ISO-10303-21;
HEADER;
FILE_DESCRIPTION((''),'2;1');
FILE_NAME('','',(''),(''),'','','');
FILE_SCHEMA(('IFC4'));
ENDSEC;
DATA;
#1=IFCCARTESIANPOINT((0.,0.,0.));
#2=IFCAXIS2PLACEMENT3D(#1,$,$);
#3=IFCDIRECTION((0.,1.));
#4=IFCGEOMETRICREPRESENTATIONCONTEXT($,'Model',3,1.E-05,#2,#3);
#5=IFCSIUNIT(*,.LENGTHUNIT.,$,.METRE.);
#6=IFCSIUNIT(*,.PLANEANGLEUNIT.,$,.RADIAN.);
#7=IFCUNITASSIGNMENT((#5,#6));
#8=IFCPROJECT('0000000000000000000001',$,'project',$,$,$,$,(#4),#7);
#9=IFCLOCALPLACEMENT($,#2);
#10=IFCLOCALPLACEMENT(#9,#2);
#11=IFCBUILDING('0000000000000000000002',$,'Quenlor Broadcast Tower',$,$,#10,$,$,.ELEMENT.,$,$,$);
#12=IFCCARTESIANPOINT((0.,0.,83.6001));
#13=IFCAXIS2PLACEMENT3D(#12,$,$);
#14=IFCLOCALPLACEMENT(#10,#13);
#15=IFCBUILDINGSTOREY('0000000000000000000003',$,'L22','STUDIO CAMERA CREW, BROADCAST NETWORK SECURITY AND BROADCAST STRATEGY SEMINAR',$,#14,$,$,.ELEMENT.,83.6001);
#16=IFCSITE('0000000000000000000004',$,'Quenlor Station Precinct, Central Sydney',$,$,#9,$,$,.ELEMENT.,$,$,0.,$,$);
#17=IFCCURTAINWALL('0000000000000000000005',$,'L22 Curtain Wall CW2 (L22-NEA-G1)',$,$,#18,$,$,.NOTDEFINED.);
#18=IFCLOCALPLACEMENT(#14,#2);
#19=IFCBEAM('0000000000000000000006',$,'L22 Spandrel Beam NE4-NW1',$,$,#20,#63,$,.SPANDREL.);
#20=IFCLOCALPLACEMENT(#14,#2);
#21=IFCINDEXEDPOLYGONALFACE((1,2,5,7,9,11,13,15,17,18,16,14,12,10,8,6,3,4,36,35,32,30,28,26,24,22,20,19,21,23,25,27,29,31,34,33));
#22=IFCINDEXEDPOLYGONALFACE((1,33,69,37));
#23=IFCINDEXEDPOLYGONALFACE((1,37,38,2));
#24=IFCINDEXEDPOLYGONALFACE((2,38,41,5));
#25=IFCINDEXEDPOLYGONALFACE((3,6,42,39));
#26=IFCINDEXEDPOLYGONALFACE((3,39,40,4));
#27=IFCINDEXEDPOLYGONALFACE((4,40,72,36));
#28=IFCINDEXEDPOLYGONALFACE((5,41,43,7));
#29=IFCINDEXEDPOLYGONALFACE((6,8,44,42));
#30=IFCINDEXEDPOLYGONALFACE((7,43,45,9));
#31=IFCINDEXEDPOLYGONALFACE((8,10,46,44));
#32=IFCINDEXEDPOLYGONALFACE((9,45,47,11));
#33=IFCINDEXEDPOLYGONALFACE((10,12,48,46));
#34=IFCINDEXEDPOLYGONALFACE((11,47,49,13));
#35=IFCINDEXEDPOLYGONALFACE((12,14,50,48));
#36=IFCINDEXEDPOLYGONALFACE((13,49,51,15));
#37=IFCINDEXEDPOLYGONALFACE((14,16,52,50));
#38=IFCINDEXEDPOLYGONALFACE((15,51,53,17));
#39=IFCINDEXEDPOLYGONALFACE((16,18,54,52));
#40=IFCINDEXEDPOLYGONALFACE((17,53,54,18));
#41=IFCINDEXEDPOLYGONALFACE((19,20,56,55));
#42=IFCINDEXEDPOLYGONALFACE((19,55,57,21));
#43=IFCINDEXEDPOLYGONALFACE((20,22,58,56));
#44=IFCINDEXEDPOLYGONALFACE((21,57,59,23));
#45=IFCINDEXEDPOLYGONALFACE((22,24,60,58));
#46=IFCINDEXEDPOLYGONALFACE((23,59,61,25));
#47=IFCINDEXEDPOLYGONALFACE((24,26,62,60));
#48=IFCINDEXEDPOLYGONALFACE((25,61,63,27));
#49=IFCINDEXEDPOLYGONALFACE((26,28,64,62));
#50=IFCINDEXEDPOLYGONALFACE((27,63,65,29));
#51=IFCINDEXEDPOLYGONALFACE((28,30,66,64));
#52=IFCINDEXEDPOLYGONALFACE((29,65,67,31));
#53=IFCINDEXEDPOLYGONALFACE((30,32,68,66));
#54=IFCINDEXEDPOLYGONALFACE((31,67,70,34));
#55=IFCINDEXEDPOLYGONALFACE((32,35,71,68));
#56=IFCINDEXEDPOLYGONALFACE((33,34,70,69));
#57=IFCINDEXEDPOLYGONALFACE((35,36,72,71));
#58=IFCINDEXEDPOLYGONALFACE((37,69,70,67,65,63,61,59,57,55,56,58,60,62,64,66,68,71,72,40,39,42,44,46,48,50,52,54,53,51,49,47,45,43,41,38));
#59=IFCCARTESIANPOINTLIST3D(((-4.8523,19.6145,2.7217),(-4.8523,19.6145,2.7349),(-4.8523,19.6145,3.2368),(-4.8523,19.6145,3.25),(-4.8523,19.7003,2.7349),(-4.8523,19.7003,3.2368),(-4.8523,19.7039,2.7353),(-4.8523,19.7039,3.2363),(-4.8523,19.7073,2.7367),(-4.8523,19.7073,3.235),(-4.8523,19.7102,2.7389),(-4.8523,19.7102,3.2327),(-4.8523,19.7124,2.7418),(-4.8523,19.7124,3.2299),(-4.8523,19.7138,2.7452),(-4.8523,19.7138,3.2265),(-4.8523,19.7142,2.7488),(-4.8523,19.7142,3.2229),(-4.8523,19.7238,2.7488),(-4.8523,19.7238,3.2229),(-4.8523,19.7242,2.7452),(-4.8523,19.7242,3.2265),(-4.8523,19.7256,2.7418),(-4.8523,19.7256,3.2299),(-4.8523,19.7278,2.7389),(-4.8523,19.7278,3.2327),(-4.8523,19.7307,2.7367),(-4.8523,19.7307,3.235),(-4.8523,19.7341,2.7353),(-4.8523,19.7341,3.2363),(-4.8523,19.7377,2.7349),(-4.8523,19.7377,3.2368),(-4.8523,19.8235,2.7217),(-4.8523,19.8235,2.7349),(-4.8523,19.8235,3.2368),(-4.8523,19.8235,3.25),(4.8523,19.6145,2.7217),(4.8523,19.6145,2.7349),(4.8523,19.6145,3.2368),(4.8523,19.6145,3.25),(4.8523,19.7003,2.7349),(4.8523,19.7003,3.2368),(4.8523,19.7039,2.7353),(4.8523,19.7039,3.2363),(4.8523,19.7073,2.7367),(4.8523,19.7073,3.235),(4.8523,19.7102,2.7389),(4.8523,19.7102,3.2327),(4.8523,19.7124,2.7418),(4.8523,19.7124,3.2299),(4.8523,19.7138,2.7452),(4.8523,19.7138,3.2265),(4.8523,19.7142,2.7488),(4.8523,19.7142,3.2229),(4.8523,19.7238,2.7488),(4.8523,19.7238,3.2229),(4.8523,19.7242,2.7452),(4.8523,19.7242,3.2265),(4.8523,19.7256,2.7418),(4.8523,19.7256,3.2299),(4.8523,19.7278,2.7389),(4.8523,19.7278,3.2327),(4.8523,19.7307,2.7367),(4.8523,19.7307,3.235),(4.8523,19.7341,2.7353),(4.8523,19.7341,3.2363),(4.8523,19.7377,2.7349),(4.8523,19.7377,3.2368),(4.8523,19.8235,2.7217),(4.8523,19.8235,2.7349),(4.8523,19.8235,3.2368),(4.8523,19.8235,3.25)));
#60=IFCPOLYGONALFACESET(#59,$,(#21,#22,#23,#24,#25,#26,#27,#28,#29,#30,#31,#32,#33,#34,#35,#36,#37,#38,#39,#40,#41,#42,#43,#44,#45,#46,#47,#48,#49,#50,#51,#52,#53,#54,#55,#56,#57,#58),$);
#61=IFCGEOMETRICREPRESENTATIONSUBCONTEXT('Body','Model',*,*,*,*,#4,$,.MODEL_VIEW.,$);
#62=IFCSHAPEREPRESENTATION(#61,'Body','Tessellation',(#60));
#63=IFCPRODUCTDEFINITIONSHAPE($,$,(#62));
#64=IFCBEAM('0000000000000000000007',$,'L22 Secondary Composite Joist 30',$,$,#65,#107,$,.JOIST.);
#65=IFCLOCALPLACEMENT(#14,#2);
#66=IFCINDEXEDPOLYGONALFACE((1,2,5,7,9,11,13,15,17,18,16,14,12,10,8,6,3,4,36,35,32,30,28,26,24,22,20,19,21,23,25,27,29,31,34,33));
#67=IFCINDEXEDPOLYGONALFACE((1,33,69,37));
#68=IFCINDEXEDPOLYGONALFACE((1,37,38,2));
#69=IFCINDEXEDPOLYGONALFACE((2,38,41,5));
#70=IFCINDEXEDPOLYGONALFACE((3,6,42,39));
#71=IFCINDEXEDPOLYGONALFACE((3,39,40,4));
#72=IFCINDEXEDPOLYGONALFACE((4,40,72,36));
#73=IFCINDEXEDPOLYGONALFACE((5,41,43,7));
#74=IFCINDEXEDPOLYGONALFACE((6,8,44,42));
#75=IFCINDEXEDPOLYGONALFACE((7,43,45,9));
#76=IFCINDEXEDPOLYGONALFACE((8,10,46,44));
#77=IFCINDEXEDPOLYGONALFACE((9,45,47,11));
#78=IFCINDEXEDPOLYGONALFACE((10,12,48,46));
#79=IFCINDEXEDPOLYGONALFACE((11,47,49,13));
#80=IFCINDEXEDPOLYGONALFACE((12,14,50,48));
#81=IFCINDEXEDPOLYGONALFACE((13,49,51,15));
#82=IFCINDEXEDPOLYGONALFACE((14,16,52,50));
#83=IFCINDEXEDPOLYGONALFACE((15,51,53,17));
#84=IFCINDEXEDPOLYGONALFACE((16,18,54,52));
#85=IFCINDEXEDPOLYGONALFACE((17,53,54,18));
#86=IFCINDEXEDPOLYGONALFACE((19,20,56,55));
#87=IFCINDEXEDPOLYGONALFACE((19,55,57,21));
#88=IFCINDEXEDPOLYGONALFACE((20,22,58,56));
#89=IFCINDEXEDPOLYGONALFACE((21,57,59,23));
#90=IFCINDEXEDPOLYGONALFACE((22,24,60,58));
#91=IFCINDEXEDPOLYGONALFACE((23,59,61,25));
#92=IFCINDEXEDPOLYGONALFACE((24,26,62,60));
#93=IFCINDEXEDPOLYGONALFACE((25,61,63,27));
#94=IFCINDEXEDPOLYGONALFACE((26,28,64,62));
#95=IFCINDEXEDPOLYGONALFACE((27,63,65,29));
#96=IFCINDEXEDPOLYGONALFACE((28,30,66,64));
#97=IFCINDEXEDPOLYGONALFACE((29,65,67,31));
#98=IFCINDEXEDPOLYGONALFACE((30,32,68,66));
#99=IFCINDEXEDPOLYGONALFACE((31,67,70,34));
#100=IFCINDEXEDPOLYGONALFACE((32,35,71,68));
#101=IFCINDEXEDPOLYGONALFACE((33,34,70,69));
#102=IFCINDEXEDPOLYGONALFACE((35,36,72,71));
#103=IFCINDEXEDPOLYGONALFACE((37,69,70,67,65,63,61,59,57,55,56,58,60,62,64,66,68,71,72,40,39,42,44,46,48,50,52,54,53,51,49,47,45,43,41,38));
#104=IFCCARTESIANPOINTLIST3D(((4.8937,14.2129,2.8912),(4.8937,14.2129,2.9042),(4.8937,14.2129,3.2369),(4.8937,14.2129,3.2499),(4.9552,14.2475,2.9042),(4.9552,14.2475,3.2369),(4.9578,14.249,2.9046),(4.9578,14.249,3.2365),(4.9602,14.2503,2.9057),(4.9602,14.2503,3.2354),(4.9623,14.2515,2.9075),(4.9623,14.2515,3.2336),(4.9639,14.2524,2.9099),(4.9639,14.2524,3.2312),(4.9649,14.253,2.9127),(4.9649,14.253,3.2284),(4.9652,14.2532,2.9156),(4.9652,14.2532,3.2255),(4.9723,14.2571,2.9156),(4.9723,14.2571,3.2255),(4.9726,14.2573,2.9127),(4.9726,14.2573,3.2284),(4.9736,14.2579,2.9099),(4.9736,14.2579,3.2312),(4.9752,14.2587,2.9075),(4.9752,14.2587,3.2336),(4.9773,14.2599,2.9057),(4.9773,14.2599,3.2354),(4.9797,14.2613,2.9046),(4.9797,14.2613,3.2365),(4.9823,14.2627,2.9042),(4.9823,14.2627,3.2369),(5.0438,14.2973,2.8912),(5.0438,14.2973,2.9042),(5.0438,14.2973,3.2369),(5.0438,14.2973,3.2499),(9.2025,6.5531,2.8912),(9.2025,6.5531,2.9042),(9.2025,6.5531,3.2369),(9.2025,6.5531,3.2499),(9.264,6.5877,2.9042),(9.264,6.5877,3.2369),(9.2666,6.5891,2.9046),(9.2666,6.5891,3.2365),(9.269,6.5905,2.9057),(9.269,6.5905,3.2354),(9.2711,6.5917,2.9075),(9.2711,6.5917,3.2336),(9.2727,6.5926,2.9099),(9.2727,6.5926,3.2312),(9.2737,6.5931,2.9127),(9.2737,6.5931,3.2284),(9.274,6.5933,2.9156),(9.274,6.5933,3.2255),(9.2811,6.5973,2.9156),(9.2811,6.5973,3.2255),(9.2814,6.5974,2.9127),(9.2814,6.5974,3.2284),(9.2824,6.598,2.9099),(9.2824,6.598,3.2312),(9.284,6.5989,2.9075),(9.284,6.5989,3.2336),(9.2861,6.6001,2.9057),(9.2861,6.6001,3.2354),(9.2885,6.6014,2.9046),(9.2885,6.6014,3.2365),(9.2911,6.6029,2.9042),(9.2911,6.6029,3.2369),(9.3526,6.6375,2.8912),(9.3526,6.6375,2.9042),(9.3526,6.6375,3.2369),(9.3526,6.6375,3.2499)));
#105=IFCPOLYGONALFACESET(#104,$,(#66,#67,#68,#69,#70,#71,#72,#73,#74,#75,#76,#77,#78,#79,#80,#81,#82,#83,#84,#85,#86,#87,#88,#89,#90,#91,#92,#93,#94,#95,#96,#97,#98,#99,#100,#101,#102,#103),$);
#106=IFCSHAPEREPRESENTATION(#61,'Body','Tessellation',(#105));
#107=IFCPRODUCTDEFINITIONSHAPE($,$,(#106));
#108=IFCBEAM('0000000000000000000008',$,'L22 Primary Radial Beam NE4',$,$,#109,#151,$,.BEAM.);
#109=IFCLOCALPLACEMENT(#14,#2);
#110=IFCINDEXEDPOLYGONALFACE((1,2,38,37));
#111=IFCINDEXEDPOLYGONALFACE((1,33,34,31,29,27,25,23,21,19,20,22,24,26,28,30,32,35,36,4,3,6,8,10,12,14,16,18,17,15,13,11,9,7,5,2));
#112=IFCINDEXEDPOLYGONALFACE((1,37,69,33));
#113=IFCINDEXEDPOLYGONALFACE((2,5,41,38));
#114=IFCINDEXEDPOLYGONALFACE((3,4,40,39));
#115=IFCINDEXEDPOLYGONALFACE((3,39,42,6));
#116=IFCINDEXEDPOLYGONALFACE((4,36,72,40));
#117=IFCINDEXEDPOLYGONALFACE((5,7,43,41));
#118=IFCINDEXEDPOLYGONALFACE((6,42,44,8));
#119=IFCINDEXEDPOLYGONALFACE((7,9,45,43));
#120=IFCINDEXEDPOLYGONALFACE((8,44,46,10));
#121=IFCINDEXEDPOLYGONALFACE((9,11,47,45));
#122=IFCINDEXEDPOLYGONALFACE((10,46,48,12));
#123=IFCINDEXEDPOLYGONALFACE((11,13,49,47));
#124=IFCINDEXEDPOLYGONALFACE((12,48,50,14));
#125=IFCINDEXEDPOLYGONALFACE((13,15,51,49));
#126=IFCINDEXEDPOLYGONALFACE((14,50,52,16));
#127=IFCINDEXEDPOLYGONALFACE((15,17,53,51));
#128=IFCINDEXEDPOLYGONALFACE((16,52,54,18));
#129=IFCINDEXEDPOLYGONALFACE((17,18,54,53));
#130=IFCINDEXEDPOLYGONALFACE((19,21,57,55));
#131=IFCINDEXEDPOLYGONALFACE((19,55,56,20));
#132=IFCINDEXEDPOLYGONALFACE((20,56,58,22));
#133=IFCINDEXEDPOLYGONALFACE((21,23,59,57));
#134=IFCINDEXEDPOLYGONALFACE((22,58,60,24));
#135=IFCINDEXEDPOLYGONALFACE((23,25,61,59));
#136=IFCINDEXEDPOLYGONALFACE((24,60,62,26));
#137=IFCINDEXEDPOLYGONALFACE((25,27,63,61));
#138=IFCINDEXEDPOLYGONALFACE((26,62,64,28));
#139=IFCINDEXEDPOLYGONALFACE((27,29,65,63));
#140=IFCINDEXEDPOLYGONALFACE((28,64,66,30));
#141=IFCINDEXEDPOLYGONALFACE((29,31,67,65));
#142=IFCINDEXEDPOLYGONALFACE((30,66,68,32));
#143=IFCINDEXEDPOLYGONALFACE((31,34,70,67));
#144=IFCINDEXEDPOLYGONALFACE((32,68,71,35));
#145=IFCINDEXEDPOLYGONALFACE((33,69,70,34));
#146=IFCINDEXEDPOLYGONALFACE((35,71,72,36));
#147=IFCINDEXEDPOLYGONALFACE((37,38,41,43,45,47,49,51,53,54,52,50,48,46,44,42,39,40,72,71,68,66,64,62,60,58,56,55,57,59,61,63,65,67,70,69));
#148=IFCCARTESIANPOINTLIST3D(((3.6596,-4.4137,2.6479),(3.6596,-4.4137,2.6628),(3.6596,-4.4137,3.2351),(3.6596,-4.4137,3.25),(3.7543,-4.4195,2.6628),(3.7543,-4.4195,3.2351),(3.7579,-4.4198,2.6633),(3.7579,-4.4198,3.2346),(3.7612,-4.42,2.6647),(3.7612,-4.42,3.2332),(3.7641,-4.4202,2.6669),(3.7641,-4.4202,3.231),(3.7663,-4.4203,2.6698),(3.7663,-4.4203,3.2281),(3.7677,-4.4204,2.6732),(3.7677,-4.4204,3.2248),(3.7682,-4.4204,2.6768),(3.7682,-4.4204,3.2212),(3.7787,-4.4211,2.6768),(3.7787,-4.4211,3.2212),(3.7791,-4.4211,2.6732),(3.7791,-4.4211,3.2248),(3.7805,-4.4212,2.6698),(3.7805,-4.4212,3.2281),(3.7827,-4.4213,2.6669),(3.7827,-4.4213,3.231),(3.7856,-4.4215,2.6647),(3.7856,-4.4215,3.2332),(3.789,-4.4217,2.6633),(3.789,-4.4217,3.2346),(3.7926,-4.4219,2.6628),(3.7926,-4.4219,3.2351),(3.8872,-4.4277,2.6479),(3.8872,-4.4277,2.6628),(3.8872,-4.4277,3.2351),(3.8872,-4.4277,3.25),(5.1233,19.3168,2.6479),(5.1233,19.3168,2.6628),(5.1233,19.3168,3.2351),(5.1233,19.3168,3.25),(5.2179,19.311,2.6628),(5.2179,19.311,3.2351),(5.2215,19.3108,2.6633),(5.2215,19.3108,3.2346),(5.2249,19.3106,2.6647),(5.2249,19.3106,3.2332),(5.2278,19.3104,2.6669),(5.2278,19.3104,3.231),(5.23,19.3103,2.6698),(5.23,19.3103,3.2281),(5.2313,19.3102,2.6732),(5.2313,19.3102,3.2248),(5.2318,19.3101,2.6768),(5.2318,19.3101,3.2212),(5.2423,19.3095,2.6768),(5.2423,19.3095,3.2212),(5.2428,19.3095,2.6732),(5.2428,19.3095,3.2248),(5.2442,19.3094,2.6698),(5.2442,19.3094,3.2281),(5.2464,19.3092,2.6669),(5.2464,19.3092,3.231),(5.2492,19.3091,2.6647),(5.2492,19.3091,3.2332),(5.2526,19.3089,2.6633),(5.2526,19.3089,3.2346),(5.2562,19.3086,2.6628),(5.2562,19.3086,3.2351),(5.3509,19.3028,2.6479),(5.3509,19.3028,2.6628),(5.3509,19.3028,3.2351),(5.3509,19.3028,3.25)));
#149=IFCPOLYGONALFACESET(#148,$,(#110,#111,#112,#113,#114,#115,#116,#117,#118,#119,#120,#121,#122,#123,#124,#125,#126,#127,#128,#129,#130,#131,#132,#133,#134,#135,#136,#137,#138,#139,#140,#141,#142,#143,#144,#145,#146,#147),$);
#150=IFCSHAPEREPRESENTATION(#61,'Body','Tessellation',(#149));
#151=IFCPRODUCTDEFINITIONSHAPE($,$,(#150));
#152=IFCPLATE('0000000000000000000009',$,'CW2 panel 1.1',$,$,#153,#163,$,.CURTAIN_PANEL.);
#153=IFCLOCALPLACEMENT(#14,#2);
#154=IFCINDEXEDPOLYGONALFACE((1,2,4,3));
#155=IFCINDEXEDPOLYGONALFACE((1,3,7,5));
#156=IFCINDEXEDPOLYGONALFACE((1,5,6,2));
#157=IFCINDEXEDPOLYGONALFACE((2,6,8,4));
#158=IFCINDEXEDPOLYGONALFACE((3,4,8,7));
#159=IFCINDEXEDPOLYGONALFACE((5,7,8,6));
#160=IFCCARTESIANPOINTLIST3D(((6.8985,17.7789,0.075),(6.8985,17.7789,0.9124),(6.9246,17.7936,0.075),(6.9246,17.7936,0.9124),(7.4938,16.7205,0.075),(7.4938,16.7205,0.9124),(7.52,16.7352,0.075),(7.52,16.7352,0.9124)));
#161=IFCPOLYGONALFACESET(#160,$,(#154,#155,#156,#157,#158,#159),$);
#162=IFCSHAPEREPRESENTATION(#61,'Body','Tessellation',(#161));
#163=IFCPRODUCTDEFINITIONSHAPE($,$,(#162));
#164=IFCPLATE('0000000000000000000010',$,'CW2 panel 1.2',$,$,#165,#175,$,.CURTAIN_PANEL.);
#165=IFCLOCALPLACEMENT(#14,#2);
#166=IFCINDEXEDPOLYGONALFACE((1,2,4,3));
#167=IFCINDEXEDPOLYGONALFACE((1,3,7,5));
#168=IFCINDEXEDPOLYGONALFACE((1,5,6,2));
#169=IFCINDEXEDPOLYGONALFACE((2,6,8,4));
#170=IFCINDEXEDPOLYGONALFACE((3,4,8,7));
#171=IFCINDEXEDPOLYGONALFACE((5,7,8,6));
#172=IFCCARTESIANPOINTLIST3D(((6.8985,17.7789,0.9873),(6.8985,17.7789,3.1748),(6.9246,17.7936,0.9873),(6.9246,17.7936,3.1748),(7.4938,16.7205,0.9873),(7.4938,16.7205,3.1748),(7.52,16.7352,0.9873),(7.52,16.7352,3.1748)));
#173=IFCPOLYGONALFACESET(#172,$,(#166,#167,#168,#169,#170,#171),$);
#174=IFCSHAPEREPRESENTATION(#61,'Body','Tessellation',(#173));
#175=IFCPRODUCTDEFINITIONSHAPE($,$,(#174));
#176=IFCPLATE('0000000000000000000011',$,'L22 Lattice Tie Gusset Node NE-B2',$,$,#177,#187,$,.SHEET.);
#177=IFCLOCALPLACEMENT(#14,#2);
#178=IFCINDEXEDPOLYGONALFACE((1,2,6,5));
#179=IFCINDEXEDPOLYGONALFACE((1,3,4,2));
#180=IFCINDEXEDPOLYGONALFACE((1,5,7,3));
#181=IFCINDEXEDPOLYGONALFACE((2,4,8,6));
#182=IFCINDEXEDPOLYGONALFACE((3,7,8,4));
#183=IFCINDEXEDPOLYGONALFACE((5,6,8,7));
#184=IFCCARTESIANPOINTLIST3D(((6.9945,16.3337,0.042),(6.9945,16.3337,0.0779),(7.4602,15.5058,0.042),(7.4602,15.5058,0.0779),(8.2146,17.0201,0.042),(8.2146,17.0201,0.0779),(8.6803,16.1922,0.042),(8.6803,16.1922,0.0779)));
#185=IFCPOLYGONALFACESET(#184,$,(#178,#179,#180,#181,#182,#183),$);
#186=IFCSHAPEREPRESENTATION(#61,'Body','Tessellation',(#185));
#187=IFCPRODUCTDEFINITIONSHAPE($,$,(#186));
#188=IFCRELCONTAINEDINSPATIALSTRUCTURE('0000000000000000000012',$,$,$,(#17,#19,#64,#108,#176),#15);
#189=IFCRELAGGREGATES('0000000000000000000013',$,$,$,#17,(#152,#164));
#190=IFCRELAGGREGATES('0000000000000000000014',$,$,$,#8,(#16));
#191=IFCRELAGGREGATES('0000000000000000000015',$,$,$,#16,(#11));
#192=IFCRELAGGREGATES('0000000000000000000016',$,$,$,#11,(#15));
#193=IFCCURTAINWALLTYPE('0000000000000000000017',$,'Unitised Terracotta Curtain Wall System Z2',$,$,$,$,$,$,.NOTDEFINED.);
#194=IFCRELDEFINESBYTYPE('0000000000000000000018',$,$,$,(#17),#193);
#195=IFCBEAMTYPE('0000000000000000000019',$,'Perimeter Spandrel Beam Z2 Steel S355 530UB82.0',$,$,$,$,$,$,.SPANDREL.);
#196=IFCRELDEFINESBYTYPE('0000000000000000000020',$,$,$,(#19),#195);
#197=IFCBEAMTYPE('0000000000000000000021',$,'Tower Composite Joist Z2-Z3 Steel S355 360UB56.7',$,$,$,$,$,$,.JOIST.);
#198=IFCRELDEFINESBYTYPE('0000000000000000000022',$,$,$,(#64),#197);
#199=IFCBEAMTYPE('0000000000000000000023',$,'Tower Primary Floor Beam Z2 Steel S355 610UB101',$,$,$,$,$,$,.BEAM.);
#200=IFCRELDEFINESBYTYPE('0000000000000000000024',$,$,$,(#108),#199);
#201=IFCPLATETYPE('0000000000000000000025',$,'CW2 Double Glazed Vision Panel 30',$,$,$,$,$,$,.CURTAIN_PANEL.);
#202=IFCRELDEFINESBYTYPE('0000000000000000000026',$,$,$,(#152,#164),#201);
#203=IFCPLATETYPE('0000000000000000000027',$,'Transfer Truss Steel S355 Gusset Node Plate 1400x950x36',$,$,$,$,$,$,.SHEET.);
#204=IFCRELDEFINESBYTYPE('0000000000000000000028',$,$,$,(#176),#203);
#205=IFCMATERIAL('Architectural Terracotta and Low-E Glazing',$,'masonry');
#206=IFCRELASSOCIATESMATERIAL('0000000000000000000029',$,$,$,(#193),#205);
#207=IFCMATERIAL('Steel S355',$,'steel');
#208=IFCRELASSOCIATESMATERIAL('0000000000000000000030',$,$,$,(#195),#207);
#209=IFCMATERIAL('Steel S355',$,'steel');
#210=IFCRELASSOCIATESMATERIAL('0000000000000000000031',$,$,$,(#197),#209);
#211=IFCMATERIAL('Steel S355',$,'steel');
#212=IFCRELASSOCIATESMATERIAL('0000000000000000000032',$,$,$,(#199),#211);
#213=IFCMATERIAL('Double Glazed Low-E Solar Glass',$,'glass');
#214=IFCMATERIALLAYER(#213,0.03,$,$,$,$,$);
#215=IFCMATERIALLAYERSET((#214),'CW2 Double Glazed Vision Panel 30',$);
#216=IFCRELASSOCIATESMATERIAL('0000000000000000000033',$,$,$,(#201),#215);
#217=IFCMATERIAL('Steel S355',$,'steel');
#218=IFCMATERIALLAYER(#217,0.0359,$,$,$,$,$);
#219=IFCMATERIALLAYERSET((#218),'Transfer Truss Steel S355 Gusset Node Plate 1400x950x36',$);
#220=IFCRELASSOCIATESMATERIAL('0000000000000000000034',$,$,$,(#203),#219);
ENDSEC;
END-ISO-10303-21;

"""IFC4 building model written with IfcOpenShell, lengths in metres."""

from ifc_helpers import new_model, si_unit, direction, frame, origin, origin_2d, place, context, subcontext, project, spatial, rectangle, i_section, extrude, material, layer, layer_set, material_profile, profile_set, type_object, element, aggregate, save


model = new_model("IFC4")

# Units and contexts
model_context = context("Model", 3, precision=1e-05, world=origin(), true_north=direction((0.0, 1.0)))
body_context = subcontext(model_context, "Body", "Model", "MODEL_VIEW")
ifc_project = project(units=[si_unit("LENGTHUNIT", "METRE"), si_unit("PLANEANGLEUNIT", "RADIAN")], contexts=[model_context])

# Site, building, storey
site_placement = place(None, origin())
site = spatial("IfcSite", under=ifc_project, at=site_placement, Name="Quenlor Station Precinct, Central Sydney", CompositionType="ELEMENT", RefElevation=0.0)
building_placement = place(site_placement, origin())
building = spatial("IfcBuilding", under=site, at=building_placement, Name="Quenlor Broadcast Tower", CompositionType="ELEMENT")
storey_placement = place(building_placement, frame((0.0, 0.0, 83.6001)))
storey = spatial("IfcBuildingStorey", under=building, at=storey_placement, Name="L22", Description="STUDIO CAMERA CREW, BROADCAST NETWORK SECURITY AND BROADCAST STRATEGY SEMINAR", CompositionType="ELEMENT", Elevation=83.6001)

# Curtain wall
ifc_material_1 = material(Name="Architectural Terracotta and Low-E Glazing", Category="masonry")
curtain_wall_type = type_object("IfcCurtainWallType", Name="Unitised Terracotta Curtain Wall System Z2", PredefinedType="NOTDEFINED", material=ifc_material_1)
curtain_wall_1_placement = place(storey_placement, origin())
curtain_wall_1 = element("IfcCurtainWall", 1, at=curtain_wall_1_placement, inside=storey, type_object=curtain_wall_type, Name="L22 Curtain Wall CW2 (L22-NEA-G1)", PredefinedType="NOTDEFINED")

# Beams
ifc_material_2 = material(Name="Steel S355", Category="steel")
ifc_material_profile_1 = material_profile(ifc_material_2, i_section(OverallWidth=0.209, OverallDepth=0.5283, WebThickness=0.0095, FlangeThickness=0.0132, FilletRadius=0.0139, at=origin_2d()))
ifc_profile_set_1 = profile_set([ifc_material_profile_1], Name="Steel S355 530UB82.0")
beam_type_1 = type_object("IfcBeamType", Name="Perimeter Spandrel Beam Z2 Steel S355 530UB82.0", PredefinedType="SPANDREL", material=ifc_profile_set_1)
beam_1_placement = place(storey_placement, frame((4.8523, 19.719, 2.9858), z_axis=(-1.0, 0.0, 0.0), x_axis=(0.0, -1.0, 0.0)))
element("IfcBeam", 2, at=beam_1_placement, inside=storey, type_object=beam_type_1, Name="L22 Spandrel Beam NE4-NW1", PredefinedType="SPANDREL", context=body_context, shape_type="SweptSolid", body=[
    extrude(i_section(OverallWidth=0.209, OverallDepth=0.5283, WebThickness=0.0095, FlangeThickness=0.0132, FilletRadius=0.0139, at=origin_2d()), origin(), (0.0, 0.0, 1.0), 9.7046),
])
ifc_material_3 = material(Name="Steel S355", Category="steel")
ifc_material_profile_2 = material_profile(ifc_material_3, i_section(OverallWidth=0.1721, OverallDepth=0.3586, WebThickness=0.0081, FlangeThickness=0.0129, FilletRadius=0.0115, at=origin_2d()))
ifc_profile_set_2 = profile_set([ifc_material_profile_2], Name="Steel S355 360UB56.7")
beam_type_2 = type_object("IfcBeamType", Name="Tower Composite Joist Z2-Z3 Steel S355 360UB56.7", PredefinedType="JOIST", material=ifc_profile_set_2)
beam_2_placement = place(storey_placement, frame((4.9688, 14.2551, 3.0706), z_axis=(0.490273, -0.871569, 0.0), x_axis=(0.871569, 0.490273, 0.0)))
element("IfcBeam", 3, at=beam_2_placement, inside=storey, type_object=beam_type_2, Name="L22 Secondary Composite Joist 30", PredefinedType="JOIST", context=body_context, shape_type="SweptSolid", body=[
    extrude(i_section(OverallWidth=0.1721, OverallDepth=0.3586, WebThickness=0.0081, FlangeThickness=0.0129, FilletRadius=0.0115, at=origin_2d()), origin(), (0.0, 0.0, 1.0), 8.7886),
])
ifc_material_4 = material(Name="Steel S355", Category="steel")
ifc_material_profile_3 = material_profile(ifc_material_4, i_section(OverallWidth=0.228, OverallDepth=0.6021, WebThickness=0.0105, FlangeThickness=0.0149, FilletRadius=0.0139, at=origin_2d()))
ifc_profile_set_3 = profile_set([ifc_material_profile_3], Name="Steel S355 610UB101")
beam_type_3 = type_object("IfcBeamType", Name="Tower Primary Floor Beam Z2 Steel S355 610UB101", PredefinedType="BEAM", material=ifc_profile_set_3)
beam_3_placement = place(storey_placement, frame((5.2371, 19.3098, 2.949), z_axis=(-0.06156, -0.998103, 0.0), x_axis=(0.998103, -0.06156, 0.0)))
element("IfcBeam", 4, at=beam_3_placement, inside=storey, type_object=beam_type_3, Name="L22 Primary Radial Beam NE4", PredefinedType="BEAM", context=body_context, shape_type="SweptSolid", body=[
    extrude(i_section(OverallWidth=0.228, OverallDepth=0.6021, WebThickness=0.0105, FlangeThickness=0.0149, FilletRadius=0.0139, at=origin_2d()), origin(), (0.0, 0.0, 1.0), 23.7756),
])

# Plates
ifc_material_5 = material(Name="Double Glazed Low-E Solar Glass", Category="glass")
ifc_layer_1 = layer(ifc_material_5, 0.03)
ifc_layer_set_1 = layer_set([ifc_layer_1], Name="CW2 Double Glazed Vision Panel 30")
plate_type_1 = type_object("IfcPlateType", Name="CW2 Double Glazed Vision Panel 30", PredefinedType="CURTAIN_PANEL", material=ifc_layer_set_1)
plate_1_placement = place(storey_placement, frame((7.2092, 17.2571, 0.075), z_axis=(0.0, 0.0, 1.0), x_axis=(0.490247, -0.871583, 0.0)))
plate_1 = element("IfcPlate", 5, at=plate_1_placement, type_object=plate_type_1, Name="CW2 panel 1.1", PredefinedType="CURTAIN_PANEL", context=body_context, shape_type="SweptSolid", body=[
    extrude(rectangle(XDim=1.2144, YDim=0.03, at=origin_2d()), origin(), (0.0, 0.0, 1.0), 0.8374),
])
plate_2_placement = place(storey_placement, frame((7.2092, 17.2571, 0.9873), z_axis=(0.0, 0.0, 1.0), x_axis=(0.490247, -0.871583, 0.0)))
plate_2 = element("IfcPlate", 6, at=plate_2_placement, type_object=plate_type_1, Name="CW2 panel 1.2", PredefinedType="CURTAIN_PANEL", context=body_context, shape_type="SweptSolid", body=[
    extrude(rectangle(XDim=1.2144, YDim=0.03, at=origin_2d()), origin(), (0.0, 0.0, 1.0), 2.1875),
])
aggregate(curtain_wall_1, [plate_1, plate_2])

# Plate
ifc_material_6 = material(Name="Steel S355", Category="steel")
ifc_layer_2 = layer(ifc_material_6, 0.0359)
ifc_layer_set_2 = layer_set([ifc_layer_2], Name="Transfer Truss Steel S355 Gusset Node Plate 1400x950x36")
plate_type_2 = type_object("IfcPlateType", Name="Transfer Truss Steel S355 Gusset Node Plate 1400x950x36", PredefinedType="SHEET", material=ifc_layer_set_2)
for number, where, z_axis, x_axis, name in (
    (7, (7.8374, 16.2629, 0.042), (0.0, 0.0, 1.0), (0.871556, 0.490295, 0.0), "L22 Lattice Tie Gusset Node NE-B2"),
):
    element("IfcPlate", number, at=place(storey_placement, frame(where, z_axis=z_axis, x_axis=x_axis)), inside=storey, type_object=plate_type_2, Name=name, PredefinedType="SHEET", context=body_context, shape_type="SweptSolid", body=[
        extrude(rectangle(XDim=1.3999, YDim=0.95, at=origin_2d()), origin(), (0.0, 0.0, 1.0), 0.0359),
    ])

save(model, "model.ifc")
